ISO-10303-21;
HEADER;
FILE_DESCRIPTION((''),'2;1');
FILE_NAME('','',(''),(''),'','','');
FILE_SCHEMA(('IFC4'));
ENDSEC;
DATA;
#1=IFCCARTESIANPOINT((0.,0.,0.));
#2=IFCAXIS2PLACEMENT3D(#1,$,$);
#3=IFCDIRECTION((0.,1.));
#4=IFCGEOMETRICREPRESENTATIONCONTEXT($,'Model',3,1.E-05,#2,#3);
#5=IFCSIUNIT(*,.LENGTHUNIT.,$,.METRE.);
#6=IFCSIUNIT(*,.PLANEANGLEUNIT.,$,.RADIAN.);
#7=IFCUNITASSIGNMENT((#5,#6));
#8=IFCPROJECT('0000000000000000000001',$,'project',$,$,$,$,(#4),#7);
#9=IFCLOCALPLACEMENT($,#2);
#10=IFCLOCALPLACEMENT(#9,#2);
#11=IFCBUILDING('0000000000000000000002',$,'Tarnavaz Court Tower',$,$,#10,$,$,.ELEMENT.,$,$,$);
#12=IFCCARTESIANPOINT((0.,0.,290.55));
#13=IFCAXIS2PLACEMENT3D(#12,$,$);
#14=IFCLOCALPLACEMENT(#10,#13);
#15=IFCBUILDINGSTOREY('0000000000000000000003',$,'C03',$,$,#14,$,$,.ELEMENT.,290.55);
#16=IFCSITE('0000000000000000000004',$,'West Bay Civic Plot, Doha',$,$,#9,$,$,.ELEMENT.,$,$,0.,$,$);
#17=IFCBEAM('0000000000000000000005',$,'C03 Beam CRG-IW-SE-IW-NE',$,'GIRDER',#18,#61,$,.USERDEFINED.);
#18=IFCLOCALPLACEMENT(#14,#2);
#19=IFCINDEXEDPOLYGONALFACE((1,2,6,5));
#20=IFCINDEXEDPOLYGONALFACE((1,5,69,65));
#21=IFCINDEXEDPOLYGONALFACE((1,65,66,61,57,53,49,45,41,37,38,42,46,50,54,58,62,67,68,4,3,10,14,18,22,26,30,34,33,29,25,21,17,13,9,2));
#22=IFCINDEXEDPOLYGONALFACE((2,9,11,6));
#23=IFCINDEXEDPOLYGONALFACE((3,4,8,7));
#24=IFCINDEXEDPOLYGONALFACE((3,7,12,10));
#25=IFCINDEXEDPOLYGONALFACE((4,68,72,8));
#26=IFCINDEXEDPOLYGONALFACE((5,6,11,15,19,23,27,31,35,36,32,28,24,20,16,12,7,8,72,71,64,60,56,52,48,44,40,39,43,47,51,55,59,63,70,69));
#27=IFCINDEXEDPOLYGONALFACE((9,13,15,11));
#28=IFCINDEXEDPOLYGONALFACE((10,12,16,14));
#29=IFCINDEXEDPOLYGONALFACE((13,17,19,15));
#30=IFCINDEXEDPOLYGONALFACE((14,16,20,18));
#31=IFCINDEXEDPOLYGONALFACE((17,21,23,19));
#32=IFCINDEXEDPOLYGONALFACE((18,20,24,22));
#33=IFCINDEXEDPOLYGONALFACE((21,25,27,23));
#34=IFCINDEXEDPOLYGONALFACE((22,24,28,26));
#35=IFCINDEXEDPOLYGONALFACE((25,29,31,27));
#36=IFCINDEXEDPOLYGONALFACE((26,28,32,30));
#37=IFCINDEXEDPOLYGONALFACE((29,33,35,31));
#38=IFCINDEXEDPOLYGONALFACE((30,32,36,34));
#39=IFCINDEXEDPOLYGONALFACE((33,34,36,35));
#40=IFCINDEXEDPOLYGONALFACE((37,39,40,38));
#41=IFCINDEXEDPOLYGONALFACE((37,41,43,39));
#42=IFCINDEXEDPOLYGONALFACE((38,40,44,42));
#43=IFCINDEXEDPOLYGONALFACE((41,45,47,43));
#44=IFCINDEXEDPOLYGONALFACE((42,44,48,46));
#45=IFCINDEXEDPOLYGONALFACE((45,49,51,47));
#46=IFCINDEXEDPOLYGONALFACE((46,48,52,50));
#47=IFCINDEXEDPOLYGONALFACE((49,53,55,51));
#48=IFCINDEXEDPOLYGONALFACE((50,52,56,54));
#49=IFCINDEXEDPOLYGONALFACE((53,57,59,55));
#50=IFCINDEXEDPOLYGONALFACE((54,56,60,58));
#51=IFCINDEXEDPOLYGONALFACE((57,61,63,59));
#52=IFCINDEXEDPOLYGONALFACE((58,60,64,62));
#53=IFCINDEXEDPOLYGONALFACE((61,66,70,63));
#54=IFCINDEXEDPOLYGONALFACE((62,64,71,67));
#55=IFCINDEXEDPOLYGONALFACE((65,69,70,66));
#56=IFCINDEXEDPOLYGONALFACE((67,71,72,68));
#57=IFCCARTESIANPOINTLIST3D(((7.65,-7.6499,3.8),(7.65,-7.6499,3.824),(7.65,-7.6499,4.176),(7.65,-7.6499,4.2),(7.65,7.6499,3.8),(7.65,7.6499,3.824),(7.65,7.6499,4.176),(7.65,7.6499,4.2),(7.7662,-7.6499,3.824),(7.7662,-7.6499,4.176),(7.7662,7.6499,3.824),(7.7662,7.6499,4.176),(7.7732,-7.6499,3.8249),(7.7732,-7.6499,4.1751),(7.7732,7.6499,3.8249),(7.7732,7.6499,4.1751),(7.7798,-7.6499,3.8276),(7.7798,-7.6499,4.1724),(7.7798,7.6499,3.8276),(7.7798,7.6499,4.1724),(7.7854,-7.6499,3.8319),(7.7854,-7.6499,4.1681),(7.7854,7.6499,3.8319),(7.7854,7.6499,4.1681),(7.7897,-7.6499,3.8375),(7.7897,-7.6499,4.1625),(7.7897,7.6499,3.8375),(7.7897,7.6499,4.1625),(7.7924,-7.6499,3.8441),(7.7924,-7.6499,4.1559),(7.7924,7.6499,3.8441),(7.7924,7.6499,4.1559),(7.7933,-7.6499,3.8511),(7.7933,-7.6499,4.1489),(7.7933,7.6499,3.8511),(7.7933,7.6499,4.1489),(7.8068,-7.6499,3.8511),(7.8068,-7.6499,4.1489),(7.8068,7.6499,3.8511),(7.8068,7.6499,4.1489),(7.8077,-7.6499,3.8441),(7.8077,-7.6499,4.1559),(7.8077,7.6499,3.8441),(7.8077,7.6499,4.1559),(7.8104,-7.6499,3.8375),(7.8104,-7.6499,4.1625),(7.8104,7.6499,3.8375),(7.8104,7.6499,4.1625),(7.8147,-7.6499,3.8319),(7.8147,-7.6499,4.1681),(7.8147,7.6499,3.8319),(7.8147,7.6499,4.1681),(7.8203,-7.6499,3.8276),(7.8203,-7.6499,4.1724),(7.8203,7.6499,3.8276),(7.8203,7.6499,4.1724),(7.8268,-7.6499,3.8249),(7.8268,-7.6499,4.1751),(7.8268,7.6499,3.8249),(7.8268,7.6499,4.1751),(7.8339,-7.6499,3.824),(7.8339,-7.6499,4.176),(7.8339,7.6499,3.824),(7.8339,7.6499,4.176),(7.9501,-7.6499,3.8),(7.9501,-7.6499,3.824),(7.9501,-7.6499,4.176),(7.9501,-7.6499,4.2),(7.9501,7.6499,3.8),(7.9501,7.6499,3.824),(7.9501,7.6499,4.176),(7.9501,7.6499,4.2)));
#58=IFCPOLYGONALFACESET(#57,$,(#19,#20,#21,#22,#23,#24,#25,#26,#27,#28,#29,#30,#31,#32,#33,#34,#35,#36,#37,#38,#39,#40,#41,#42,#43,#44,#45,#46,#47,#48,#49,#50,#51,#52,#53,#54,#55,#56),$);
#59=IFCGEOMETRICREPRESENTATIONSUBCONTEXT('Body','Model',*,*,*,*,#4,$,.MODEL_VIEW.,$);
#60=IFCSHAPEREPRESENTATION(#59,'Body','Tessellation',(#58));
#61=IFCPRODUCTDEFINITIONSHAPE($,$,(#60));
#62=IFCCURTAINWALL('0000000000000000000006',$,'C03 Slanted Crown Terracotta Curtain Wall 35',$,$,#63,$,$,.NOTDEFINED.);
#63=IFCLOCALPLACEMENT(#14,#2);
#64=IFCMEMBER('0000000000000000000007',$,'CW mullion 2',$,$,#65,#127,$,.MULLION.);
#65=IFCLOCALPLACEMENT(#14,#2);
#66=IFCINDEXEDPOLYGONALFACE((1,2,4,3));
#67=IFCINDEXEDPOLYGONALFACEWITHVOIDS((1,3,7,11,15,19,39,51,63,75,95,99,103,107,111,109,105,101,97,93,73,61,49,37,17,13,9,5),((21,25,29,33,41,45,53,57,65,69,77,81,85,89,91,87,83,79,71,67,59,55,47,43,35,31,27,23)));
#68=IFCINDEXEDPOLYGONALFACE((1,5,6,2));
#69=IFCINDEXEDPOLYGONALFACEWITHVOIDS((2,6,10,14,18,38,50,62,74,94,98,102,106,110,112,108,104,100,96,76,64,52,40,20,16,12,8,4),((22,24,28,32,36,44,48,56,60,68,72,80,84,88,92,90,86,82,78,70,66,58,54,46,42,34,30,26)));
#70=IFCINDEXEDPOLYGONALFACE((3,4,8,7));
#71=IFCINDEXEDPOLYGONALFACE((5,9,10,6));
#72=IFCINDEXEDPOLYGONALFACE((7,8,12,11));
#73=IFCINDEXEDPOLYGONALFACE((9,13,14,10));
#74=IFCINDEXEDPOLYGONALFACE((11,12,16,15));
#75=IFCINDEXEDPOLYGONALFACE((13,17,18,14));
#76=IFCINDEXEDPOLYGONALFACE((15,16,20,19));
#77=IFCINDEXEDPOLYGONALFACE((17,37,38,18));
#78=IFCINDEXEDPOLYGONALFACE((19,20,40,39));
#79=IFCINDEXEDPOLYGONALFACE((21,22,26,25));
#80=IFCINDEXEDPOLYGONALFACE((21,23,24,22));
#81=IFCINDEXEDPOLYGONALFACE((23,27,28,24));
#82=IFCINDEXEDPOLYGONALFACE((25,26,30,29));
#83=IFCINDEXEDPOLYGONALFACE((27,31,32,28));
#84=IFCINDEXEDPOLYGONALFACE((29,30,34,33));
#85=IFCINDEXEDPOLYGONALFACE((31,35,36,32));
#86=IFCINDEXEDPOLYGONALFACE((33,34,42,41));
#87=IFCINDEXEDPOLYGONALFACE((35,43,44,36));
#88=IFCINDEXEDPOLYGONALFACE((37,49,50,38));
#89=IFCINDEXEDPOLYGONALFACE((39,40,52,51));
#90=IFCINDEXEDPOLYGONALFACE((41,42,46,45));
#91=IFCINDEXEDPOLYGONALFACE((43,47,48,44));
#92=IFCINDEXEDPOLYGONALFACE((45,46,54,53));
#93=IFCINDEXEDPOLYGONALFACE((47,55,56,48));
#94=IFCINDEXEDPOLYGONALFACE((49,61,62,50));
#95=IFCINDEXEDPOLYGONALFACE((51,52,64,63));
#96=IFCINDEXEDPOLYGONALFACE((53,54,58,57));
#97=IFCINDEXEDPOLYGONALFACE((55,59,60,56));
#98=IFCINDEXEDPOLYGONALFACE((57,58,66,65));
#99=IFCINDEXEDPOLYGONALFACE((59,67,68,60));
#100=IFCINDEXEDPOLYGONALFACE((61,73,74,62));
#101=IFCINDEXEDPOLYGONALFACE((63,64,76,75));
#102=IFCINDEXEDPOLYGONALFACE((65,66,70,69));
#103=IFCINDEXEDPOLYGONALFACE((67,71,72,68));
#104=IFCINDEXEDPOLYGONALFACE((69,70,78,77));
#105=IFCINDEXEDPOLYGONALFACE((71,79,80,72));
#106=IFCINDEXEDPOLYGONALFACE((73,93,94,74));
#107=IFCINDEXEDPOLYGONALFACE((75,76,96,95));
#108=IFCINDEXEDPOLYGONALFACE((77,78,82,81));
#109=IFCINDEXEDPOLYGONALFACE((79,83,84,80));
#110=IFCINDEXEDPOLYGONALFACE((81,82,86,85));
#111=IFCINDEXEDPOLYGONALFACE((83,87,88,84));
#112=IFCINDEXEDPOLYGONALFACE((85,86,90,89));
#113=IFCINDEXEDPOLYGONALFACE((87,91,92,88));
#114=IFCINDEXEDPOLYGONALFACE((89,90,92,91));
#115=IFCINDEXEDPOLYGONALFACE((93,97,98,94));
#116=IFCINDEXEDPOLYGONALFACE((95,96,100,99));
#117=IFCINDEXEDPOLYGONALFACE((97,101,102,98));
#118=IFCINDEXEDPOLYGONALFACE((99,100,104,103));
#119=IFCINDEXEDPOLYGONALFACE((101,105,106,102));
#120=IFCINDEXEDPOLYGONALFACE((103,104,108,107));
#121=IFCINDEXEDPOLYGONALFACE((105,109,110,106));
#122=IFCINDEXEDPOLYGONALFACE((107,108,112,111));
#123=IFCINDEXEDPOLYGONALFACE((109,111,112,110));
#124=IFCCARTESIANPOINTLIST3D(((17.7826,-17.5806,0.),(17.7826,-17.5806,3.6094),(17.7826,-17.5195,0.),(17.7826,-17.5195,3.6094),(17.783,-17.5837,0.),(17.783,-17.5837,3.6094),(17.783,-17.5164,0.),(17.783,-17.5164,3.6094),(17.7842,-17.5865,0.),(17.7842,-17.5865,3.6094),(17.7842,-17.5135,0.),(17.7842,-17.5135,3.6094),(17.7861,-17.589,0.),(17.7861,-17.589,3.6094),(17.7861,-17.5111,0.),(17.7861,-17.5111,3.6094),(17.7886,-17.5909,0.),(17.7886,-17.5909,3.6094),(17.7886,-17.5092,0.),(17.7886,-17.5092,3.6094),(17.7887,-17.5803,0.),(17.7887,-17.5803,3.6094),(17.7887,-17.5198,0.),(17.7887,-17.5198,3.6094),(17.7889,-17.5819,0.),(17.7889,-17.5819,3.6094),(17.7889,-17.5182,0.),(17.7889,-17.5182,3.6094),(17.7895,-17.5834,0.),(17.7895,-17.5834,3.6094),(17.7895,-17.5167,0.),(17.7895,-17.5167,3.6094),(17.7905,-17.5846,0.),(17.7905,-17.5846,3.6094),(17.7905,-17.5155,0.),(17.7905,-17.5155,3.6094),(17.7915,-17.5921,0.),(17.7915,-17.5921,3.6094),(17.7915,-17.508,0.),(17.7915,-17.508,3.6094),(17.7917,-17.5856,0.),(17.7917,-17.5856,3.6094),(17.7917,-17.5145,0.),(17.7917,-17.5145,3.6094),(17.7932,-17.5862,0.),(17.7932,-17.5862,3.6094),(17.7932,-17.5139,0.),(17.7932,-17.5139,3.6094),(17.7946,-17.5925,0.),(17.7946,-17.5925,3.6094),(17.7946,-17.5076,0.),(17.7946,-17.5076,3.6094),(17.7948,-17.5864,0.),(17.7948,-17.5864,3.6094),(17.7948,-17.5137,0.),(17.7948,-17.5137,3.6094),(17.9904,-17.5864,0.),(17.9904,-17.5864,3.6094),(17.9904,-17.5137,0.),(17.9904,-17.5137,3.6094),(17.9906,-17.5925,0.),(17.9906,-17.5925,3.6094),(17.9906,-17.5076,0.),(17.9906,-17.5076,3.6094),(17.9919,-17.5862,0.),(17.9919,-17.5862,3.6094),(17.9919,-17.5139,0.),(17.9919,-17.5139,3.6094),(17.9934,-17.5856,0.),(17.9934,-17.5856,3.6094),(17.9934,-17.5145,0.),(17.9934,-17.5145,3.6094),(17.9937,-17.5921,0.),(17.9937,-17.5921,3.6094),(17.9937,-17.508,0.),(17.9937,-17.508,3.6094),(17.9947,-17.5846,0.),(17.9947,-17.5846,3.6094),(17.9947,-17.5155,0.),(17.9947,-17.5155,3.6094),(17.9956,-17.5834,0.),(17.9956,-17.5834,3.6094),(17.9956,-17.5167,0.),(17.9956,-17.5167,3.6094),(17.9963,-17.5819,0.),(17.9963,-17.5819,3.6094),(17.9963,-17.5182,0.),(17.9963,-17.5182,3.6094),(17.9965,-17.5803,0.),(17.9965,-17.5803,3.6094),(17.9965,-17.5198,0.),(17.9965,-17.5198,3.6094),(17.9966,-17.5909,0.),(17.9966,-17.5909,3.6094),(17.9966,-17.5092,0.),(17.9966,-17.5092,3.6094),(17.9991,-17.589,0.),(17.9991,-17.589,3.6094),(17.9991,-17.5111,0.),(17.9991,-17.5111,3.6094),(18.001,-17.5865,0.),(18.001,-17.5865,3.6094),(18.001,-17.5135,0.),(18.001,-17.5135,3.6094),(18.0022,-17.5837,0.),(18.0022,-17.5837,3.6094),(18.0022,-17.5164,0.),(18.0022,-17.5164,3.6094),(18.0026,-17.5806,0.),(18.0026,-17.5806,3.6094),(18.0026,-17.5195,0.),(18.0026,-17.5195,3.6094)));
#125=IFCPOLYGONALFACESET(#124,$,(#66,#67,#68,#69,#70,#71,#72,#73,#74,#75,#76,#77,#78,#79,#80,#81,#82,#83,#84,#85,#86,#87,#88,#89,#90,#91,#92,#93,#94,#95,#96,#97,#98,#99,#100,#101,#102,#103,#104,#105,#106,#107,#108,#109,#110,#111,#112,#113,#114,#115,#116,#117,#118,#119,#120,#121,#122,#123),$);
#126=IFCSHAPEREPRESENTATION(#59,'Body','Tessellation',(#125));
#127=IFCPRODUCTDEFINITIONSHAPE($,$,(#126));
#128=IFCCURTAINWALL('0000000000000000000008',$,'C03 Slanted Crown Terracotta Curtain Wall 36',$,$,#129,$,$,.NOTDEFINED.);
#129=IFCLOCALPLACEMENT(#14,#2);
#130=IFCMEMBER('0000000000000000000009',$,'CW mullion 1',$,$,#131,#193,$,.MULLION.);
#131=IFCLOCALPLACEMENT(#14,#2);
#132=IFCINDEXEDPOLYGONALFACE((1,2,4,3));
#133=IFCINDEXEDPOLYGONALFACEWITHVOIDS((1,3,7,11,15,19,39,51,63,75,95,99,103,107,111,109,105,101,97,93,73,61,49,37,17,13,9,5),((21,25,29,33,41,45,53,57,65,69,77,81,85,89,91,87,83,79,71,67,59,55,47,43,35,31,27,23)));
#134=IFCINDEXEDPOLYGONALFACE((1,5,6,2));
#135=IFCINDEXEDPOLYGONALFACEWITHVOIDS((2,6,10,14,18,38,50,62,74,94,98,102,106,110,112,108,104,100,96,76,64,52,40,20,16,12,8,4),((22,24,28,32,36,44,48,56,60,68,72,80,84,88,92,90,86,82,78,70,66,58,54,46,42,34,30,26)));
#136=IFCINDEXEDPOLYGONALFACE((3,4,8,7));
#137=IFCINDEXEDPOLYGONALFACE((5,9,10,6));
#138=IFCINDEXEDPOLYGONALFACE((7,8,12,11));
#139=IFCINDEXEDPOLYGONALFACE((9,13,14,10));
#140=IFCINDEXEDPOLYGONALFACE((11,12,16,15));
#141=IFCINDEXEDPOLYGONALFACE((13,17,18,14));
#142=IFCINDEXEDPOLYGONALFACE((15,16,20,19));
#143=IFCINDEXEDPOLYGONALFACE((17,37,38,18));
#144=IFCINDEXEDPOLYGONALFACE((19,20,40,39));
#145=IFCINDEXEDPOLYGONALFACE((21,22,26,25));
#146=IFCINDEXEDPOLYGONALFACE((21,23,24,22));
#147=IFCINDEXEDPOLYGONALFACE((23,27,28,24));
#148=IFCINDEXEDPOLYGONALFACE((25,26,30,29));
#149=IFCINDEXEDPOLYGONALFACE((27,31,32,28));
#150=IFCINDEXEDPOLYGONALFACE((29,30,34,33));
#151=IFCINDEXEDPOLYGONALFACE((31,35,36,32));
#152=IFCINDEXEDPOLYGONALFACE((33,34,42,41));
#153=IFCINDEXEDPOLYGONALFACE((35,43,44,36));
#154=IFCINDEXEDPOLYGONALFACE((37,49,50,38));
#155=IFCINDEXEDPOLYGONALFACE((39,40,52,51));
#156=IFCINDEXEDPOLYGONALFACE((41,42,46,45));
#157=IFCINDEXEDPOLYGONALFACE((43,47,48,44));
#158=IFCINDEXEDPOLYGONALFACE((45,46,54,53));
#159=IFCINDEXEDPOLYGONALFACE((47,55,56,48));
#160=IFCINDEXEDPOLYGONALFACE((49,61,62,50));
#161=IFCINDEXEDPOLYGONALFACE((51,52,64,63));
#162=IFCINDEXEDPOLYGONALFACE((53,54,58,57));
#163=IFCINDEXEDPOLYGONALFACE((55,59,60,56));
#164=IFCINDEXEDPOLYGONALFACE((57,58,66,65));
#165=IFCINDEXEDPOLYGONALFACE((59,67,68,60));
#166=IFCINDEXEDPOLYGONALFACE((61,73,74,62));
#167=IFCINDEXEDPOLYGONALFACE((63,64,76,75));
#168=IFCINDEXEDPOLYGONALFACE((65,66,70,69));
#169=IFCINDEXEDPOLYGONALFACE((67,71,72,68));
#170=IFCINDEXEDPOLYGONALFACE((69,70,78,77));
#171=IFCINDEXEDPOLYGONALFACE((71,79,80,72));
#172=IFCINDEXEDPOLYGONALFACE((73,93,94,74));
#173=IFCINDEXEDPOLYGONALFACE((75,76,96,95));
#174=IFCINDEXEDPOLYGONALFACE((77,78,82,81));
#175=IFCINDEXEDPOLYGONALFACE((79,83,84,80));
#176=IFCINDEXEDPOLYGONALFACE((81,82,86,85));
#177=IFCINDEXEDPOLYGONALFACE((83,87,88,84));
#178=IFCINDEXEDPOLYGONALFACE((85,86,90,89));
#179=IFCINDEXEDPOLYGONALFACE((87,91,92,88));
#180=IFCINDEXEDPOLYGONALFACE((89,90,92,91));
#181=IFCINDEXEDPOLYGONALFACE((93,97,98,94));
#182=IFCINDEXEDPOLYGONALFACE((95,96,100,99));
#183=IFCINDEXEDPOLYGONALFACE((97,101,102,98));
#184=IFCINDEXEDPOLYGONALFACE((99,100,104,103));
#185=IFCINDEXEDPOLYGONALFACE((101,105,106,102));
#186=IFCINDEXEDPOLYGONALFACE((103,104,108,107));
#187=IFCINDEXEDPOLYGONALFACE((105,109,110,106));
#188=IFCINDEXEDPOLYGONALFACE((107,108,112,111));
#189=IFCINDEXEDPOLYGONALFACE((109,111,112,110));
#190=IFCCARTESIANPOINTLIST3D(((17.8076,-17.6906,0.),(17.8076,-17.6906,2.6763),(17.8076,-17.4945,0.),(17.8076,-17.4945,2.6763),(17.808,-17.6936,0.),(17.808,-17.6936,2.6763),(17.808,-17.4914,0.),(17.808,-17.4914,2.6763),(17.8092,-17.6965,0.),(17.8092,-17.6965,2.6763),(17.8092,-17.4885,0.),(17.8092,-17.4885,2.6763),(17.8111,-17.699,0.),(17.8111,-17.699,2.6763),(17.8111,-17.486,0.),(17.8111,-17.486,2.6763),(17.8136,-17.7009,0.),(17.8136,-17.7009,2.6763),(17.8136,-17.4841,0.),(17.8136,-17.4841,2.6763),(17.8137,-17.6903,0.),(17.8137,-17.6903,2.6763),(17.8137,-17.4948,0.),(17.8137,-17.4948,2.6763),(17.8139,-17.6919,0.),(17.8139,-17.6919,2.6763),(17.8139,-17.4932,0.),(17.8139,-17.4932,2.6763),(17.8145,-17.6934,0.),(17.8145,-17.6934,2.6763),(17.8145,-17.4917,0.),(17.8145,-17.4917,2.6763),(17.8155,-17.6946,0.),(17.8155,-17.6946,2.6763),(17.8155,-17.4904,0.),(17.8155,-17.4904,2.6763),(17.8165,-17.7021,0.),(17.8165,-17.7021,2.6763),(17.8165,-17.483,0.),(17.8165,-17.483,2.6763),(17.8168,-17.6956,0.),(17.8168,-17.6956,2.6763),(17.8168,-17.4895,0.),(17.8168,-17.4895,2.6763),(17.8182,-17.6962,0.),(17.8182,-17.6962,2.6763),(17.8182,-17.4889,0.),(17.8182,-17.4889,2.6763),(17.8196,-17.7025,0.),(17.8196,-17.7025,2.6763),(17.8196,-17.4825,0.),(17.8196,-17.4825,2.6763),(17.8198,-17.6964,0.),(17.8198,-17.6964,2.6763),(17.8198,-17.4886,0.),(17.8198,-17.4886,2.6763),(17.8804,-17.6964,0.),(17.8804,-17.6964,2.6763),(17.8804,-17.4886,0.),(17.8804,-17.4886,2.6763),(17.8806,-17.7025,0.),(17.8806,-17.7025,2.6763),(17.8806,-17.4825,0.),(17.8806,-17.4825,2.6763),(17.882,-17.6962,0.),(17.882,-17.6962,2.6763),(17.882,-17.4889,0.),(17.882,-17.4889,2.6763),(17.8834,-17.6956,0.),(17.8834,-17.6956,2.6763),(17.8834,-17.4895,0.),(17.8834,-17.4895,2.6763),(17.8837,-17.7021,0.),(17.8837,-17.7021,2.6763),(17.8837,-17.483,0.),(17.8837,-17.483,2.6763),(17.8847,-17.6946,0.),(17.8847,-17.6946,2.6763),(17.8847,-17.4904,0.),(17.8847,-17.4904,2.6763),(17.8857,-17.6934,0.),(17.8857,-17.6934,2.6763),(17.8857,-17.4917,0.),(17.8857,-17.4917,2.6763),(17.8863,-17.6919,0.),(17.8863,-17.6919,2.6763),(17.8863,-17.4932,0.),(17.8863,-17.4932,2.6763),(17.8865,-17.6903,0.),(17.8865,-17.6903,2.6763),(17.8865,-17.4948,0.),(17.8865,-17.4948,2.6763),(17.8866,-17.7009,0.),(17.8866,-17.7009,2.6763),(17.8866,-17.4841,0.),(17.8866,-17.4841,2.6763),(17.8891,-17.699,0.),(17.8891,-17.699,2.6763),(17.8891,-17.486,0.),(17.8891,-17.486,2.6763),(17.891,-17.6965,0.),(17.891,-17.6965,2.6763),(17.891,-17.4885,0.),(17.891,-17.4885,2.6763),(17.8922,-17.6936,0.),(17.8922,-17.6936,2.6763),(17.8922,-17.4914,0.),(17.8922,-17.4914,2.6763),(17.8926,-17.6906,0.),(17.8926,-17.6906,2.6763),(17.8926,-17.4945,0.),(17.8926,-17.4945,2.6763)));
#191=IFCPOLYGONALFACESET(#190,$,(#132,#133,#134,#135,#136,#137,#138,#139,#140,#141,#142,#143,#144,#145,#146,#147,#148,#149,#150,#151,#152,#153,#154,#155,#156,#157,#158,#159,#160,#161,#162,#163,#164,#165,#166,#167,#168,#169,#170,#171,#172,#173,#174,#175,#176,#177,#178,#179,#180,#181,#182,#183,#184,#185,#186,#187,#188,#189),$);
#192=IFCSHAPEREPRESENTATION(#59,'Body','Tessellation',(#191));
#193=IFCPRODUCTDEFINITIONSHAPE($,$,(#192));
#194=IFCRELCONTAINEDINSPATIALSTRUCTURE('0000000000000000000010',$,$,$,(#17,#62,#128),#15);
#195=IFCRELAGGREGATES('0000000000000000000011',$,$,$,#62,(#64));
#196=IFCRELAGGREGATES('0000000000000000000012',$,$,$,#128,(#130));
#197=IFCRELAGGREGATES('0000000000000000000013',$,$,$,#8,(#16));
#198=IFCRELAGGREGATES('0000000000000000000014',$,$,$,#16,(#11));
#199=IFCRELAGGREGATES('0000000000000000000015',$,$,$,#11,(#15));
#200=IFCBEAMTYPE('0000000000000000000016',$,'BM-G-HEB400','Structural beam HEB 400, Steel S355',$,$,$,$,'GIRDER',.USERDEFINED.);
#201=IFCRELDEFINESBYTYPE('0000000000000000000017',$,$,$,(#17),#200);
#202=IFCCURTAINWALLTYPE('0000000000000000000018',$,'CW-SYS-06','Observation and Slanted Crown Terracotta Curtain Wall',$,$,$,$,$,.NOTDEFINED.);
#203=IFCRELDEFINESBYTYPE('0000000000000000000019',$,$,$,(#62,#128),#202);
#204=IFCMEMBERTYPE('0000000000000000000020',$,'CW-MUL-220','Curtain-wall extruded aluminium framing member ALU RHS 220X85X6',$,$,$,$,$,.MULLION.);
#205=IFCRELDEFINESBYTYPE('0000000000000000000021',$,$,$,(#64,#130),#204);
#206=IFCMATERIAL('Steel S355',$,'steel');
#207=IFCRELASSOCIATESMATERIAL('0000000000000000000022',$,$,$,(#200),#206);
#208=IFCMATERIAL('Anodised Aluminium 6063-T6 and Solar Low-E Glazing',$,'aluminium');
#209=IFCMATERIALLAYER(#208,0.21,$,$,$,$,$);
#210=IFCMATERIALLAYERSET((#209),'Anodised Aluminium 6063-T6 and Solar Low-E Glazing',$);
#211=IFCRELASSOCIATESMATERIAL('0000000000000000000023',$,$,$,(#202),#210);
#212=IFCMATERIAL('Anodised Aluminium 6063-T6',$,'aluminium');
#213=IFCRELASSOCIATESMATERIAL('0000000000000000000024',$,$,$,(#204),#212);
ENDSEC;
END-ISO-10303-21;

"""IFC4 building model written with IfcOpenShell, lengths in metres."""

from ifc_helpers import new_model, si_unit, direction, frame, origin, origin_2d, place, context, subcontext, project, spatial, hollow_rectangle, i_section, extrude, material, layer, layer_set, material_profile, profile_set, type_object, element, aggregate, save


model = new_model("IFC4")

# Units and contexts
model_context = context("Model", 3, precision=1e-05, world=origin(), true_north=direction((0.0, 1.0)))
body_context = subcontext(model_context, "Body", "Model", "MODEL_VIEW")
ifc_project = project(units=[si_unit("LENGTHUNIT", "METRE"), si_unit("PLANEANGLEUNIT", "RADIAN")], contexts=[model_context])

# Site, building, storey
site_placement = place(None, origin())
site = spatial("IfcSite", under=ifc_project, at=site_placement, Name="West Bay Civic Plot, Doha", CompositionType="ELEMENT", RefElevation=0.0)
building_placement = place(site_placement, origin())
building = spatial("IfcBuilding", under=site, at=building_placement, Name="Tarnavaz Court Tower", CompositionType="ELEMENT")
storey_placement = place(building_placement, frame((0.0, 0.0, 290.55)))
storey = spatial("IfcBuildingStorey", under=building, at=storey_placement, Name="C03", CompositionType="ELEMENT", Elevation=290.55)

# Shared definitions
ifc_material_1 = material(Name="Steel S355", Category="steel")

# Beam
ifc_material_profile_1 = material_profile(ifc_material_1, i_section(OverallWidth=0.3, OverallDepth=0.3999, WebThickness=0.0134, FlangeThickness=0.0239, FilletRadius=0.0271, at=origin_2d()), Name="HEB 400")
ifc_profile_set_1 = profile_set([ifc_material_profile_1], Name="Steel S355")
beam_type_1 = type_object("IfcBeamType", Name="BM-G-HEB400", Description="Structural beam HEB 400, Steel S355", ElementType="GIRDER", PredefinedType="USERDEFINED", material=ifc_profile_set_1)
beam_1_placement = place(storey_placement, frame((7.8, -7.6499, 4.0), z_axis=(0.0, 1.0, 0.0), x_axis=(-1.0, 0.0, 0.0)))
element("IfcBeam", 1, at=beam_1_placement, inside=storey, type_object=beam_type_1, Name="C03 Beam CRG-IW-SE-IW-NE", ObjectType="GIRDER", PredefinedType="USERDEFINED", context=body_context, shape_type="SweptSolid", body=[
    extrude(i_section(OverallWidth=0.3, OverallDepth=0.3999, WebThickness=0.0134, FlangeThickness=0.0239, FilletRadius=0.0271, at=origin_2d()), origin(), (0.0, 0.0, 1.0), 15.2998),
])

# Curtain wall, member
ifc_material_2 = material(Name="Anodised Aluminium 6063-T6 and Solar Low-E Glazing", Category="aluminium")
ifc_layer_1 = layer(ifc_material_2, 0.21)
ifc_layer_set_1 = layer_set([ifc_layer_1], Name="Anodised Aluminium 6063-T6 and Solar Low-E Glazing")
curtain_wall_type = type_object("IfcCurtainWallType", Name="CW-SYS-06", Description="Observation and Slanted Crown Terracotta Curtain Wall", PredefinedType="NOTDEFINED", material=ifc_layer_set_1)
curtain_wall_1_placement = place(storey_placement, origin())
curtain_wall_1 = element("IfcCurtainWall", 2, at=curtain_wall_1_placement, inside=storey, type_object=curtain_wall_type, Name="C03 Slanted Crown Terracotta Curtain Wall 35", PredefinedType="NOTDEFINED")
ifc_material_3 = material(Name="Anodised Aluminium 6063-T6", Category="aluminium")
ifc_material_profile_2 = material_profile(ifc_material_3, hollow_rectangle(XDim=0.085, YDim=0.22, WallThickness=0.0061, InnerFilletRadius=0.0061, OuterFilletRadius=0.012, at=origin_2d()), Name="ALU RHS 220X85X6")
ifc_profile_set_2 = profile_set([ifc_material_profile_2], Name="Anodised Aluminium 6063-T6")
member_type_1 = type_object("IfcMemberType", Name="CW-MUL-220", Description="Curtain-wall extruded aluminium framing member ALU RHS 220X85X6", PredefinedType="MULLION", material=ifc_profile_set_2)
member_1_placement = place(storey_placement, frame((17.8926, -17.55, 0.0), z_axis=(0.0, 0.0, 1.0), x_axis=(0.0, -1.0, 0.0)))
member_1 = element("IfcMember", 3, at=member_1_placement, type_object=member_type_1, Name="CW mullion 2", PredefinedType="MULLION", context=body_context, shape_type="SweptSolid", body=[
    extrude(hollow_rectangle(XDim=0.085, YDim=0.22, WallThickness=0.0061, InnerFilletRadius=0.0061, OuterFilletRadius=0.012, at=origin_2d()), origin(), (0.0, 0.0, 1.0), 3.6094),
])
aggregate(curtain_wall_1, [member_1])

# Curtain wall, member
curtain_wall_2_placement = place(storey_placement, origin())
curtain_wall_2 = element("IfcCurtainWall", 4, at=curtain_wall_2_placement, inside=storey, type_object=curtain_wall_type, Name="C03 Slanted Crown Terracotta Curtain Wall 36", PredefinedType="NOTDEFINED")
member_2_placement = place(storey_placement, frame((17.8501, -17.5925, 0.0), z_axis=(0.0, 0.0, 1.0), x_axis=(1.0, 0.0, 0.0)))
member_2 = element("IfcMember", 5, at=member_2_placement, type_object=member_type_1, Name="CW mullion 1", PredefinedType="MULLION", context=body_context, shape_type="SweptSolid", body=[
    extrude(hollow_rectangle(XDim=0.085, YDim=0.22, WallThickness=0.0061, InnerFilletRadius=0.0061, OuterFilletRadius=0.012, at=origin_2d()), origin(), (0.0, 0.0, 1.0), 2.6763),
])

aggregate(curtain_wall_2, [member_2])

save(model, "model.ifc")
